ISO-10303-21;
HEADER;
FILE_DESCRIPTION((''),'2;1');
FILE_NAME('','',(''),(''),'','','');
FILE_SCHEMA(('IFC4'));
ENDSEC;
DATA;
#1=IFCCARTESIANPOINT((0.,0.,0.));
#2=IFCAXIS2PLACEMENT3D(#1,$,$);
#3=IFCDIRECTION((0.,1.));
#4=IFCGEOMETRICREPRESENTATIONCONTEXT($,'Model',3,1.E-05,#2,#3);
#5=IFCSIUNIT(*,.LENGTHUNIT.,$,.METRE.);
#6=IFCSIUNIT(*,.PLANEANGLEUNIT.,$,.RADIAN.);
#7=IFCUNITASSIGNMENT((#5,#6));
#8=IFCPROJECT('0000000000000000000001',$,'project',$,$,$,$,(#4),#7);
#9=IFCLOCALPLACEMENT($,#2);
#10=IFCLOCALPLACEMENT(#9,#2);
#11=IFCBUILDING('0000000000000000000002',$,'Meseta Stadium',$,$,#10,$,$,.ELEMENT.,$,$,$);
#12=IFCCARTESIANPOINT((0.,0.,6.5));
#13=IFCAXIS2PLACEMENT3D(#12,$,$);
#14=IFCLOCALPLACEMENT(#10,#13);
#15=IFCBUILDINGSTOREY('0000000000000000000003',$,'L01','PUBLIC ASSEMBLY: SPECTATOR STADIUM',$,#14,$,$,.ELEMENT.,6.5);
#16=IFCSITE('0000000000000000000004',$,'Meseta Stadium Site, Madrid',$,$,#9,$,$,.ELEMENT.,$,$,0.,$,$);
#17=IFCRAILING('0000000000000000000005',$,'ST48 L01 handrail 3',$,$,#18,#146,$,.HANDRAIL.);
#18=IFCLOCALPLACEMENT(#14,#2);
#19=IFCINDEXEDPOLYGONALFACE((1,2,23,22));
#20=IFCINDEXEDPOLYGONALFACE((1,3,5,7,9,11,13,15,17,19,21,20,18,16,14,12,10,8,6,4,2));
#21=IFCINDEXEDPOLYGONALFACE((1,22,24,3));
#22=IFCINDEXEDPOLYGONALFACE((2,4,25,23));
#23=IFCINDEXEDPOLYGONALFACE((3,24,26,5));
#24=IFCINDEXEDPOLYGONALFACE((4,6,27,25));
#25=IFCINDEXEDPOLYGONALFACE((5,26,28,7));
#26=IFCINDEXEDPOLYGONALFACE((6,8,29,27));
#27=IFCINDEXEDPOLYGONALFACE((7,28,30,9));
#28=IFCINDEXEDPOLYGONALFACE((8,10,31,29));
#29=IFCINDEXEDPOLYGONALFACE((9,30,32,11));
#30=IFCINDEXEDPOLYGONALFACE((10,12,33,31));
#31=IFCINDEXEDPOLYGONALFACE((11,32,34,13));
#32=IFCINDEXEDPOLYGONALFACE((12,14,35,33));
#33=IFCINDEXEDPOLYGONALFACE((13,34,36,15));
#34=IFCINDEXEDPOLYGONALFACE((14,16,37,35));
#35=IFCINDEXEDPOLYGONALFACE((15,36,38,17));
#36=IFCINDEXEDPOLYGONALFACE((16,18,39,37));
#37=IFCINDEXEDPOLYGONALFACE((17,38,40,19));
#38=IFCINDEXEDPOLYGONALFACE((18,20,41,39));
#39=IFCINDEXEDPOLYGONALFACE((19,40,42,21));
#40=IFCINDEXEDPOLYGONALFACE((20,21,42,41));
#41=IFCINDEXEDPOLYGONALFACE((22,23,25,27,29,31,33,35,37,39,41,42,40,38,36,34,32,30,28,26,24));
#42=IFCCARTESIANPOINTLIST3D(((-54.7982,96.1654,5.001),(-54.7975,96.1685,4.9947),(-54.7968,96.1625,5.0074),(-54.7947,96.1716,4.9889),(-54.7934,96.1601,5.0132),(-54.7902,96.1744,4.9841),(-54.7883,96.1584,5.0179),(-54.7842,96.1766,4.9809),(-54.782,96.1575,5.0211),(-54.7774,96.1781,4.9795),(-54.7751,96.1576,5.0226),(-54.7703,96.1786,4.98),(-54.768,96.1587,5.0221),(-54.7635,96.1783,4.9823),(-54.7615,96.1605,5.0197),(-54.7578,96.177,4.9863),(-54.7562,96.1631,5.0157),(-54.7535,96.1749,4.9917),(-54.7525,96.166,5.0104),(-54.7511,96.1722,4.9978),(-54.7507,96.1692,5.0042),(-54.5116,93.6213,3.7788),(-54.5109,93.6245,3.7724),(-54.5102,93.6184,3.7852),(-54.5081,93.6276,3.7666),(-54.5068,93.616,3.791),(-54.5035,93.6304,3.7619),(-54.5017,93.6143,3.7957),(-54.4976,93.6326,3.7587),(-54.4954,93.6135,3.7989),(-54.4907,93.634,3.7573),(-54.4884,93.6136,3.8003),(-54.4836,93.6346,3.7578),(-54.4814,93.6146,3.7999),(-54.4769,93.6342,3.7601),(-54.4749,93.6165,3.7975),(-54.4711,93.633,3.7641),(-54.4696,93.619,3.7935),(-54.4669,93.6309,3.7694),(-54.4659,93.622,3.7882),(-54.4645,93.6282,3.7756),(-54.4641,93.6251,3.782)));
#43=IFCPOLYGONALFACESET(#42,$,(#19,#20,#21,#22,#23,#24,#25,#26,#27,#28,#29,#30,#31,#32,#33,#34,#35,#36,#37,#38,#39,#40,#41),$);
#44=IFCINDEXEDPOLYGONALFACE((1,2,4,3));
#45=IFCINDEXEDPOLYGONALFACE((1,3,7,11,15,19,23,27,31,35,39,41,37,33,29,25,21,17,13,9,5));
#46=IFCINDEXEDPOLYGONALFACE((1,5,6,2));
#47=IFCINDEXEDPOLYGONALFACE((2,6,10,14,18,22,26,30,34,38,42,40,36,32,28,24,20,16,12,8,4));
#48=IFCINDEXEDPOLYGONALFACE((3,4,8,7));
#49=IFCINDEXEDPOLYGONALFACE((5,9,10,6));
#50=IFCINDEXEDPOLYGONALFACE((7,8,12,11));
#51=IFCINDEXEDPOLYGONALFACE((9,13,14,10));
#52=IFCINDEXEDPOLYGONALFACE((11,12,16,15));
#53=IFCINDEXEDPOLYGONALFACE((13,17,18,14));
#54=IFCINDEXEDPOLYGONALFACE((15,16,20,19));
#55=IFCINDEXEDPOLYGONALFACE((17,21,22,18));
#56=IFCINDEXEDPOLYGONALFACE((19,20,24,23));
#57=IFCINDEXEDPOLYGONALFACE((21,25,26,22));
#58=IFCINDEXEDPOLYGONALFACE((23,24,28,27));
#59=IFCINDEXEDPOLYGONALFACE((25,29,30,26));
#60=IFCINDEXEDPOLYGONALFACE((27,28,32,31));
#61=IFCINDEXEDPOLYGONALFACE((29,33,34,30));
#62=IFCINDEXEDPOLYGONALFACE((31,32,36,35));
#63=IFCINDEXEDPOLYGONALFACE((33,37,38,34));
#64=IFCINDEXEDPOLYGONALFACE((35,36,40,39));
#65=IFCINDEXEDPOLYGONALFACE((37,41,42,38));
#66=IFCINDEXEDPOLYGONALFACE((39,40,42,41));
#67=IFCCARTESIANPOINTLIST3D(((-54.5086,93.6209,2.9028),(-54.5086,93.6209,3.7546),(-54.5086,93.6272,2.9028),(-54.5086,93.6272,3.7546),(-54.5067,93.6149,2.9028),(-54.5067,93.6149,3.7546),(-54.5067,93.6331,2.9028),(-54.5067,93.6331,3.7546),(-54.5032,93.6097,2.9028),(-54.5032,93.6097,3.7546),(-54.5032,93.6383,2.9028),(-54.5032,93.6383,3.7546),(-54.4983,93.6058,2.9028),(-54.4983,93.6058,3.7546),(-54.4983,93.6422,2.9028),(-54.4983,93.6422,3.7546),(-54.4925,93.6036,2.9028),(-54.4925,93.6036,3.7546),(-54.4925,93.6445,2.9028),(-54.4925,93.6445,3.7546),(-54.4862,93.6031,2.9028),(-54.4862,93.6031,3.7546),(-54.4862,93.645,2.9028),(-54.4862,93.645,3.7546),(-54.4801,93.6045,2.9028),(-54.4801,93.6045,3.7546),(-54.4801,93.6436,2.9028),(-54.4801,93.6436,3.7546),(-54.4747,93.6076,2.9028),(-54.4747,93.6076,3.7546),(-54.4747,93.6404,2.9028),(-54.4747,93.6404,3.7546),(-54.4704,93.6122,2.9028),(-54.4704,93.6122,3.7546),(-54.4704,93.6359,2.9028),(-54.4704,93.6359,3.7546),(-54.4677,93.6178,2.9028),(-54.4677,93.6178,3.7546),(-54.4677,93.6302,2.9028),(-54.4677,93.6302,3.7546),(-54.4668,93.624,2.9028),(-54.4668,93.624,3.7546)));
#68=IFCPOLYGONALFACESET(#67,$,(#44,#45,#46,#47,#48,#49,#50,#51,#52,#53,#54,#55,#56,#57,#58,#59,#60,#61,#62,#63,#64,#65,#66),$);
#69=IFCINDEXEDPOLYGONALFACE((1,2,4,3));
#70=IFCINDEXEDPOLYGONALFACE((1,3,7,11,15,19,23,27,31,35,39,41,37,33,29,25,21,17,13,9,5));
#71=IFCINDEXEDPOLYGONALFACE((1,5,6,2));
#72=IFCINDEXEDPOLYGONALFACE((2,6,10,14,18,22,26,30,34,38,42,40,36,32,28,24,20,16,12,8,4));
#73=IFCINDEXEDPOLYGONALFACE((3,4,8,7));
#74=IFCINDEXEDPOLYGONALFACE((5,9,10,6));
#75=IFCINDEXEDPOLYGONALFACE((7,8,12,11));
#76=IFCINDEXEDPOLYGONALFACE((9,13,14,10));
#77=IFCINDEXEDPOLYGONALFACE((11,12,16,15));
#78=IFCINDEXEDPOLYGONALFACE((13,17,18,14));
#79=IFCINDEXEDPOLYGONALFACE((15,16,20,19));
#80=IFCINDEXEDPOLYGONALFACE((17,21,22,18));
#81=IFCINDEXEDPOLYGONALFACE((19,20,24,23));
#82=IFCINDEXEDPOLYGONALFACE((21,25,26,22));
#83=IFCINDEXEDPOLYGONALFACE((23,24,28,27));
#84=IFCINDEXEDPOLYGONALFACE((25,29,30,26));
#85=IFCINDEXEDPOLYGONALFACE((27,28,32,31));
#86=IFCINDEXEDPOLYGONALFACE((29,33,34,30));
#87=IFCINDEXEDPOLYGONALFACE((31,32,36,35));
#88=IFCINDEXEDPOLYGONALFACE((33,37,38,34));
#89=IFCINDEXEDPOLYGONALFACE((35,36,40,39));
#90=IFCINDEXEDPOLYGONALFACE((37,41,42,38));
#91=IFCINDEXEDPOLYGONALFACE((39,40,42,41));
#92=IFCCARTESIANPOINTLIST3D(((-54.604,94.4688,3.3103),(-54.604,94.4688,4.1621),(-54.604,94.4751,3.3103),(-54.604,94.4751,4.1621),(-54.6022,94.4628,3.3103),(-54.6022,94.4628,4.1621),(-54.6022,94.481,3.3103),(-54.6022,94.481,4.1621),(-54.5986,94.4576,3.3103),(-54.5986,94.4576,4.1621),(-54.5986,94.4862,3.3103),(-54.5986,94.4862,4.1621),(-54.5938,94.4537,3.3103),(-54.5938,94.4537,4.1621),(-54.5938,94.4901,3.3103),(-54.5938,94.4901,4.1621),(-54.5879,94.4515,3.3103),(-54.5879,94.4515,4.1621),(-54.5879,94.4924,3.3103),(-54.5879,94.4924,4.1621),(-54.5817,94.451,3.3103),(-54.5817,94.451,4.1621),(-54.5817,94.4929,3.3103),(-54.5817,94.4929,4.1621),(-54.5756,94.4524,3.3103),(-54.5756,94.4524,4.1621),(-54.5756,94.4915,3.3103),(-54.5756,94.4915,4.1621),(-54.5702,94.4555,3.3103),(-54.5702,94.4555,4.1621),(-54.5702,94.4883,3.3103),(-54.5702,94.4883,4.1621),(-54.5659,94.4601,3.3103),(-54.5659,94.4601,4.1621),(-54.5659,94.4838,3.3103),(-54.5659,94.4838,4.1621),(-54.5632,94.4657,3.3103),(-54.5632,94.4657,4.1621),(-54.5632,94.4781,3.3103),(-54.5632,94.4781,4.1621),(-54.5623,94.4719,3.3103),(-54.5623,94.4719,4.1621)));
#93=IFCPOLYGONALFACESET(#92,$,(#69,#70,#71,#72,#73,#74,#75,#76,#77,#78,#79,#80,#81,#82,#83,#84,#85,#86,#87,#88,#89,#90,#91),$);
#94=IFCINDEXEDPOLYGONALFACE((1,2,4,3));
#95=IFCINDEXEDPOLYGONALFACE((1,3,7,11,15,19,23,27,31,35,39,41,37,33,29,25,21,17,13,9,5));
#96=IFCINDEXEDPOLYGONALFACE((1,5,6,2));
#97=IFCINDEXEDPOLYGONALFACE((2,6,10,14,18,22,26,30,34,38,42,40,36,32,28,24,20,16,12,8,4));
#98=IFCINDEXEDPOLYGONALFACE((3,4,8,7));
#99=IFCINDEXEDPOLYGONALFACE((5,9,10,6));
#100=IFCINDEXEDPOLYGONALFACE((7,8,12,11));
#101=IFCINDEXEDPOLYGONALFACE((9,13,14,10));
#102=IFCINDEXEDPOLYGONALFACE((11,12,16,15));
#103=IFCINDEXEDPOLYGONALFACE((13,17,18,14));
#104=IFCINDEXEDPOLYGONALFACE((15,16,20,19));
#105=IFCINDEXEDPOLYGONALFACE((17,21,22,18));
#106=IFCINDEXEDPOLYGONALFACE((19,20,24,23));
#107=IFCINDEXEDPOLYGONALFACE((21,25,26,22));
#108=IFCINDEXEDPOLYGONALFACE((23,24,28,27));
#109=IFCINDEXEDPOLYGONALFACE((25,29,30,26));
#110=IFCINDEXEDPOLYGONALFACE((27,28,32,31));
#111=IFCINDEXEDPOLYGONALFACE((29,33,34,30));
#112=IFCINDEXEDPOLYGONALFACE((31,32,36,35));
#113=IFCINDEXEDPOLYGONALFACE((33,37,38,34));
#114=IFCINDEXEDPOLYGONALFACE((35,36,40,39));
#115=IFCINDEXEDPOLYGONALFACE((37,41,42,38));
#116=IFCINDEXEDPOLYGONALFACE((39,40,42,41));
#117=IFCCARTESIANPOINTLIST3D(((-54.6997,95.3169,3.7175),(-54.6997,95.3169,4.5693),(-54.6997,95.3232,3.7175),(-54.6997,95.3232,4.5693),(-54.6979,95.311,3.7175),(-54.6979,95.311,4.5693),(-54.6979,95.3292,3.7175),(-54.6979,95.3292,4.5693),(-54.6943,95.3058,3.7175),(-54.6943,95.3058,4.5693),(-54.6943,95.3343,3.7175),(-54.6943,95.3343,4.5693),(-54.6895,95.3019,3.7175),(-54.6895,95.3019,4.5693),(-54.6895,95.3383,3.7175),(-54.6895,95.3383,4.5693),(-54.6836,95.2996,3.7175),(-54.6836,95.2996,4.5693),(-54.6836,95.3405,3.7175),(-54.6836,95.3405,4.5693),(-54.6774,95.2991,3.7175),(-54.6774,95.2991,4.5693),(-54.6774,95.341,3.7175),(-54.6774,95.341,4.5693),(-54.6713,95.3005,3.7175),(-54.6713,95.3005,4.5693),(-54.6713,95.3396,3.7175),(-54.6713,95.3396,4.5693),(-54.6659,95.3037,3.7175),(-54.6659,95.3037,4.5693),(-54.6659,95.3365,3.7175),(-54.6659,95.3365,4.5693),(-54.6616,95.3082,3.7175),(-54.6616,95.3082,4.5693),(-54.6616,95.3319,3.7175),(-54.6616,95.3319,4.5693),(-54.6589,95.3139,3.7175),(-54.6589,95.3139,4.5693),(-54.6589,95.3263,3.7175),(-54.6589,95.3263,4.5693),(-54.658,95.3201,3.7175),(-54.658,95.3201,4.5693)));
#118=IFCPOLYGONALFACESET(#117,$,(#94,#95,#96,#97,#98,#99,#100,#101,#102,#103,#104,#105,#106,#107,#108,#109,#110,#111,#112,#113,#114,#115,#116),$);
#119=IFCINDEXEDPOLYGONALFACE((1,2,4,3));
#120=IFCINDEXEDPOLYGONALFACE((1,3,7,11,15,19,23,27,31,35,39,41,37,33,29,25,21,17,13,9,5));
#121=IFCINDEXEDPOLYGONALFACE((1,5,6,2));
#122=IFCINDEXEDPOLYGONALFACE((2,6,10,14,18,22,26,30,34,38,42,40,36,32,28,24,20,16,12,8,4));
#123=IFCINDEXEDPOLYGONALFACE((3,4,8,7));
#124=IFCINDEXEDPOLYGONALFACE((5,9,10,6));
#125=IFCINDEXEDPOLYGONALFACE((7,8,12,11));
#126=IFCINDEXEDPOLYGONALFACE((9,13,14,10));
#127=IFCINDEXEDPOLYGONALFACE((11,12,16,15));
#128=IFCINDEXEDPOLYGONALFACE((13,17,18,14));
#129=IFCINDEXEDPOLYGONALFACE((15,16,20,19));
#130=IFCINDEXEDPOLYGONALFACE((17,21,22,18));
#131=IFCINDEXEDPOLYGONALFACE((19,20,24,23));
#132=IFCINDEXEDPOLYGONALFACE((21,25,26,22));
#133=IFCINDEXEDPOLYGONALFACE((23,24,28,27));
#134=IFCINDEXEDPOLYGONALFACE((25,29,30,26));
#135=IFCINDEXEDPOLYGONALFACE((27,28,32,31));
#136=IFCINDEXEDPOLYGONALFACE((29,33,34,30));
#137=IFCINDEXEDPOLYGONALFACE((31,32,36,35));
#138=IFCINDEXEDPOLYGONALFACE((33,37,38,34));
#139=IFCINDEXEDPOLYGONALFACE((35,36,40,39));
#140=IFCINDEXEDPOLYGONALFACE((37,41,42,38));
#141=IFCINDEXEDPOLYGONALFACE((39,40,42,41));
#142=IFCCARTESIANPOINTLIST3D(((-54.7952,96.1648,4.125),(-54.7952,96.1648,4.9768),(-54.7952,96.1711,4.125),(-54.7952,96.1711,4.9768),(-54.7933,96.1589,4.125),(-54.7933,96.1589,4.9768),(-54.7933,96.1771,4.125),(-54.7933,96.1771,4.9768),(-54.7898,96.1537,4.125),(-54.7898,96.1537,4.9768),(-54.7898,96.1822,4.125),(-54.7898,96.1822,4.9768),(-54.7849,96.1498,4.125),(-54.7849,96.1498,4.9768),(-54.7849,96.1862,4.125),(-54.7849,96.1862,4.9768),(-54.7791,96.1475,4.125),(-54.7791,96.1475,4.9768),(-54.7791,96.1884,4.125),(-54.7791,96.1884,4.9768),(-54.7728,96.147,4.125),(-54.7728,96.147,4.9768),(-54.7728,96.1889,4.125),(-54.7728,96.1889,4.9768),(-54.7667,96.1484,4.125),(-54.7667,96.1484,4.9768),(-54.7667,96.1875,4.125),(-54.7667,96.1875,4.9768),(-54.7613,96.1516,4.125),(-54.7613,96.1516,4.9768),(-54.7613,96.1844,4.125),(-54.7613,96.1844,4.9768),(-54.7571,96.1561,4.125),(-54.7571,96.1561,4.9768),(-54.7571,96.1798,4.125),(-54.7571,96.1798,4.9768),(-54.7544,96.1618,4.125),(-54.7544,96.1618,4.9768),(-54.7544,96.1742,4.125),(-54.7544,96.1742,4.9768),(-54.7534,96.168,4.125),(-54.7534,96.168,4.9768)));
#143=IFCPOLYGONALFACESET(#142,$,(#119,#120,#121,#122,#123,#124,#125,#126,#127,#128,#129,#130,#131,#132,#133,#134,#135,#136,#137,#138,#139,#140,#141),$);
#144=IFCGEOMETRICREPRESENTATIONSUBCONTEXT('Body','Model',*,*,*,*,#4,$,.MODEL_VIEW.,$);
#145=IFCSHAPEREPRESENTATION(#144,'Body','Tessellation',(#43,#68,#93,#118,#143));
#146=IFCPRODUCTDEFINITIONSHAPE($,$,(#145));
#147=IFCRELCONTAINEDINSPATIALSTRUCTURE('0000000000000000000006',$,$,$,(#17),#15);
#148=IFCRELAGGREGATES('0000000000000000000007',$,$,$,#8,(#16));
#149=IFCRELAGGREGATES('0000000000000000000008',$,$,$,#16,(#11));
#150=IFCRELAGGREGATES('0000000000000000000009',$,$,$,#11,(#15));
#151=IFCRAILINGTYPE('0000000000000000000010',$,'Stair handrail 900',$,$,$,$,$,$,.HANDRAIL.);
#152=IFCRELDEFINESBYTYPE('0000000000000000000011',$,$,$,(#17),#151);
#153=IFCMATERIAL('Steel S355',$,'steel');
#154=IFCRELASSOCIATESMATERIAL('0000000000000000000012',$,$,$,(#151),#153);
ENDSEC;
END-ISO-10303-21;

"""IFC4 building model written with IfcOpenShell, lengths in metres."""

from ifc_helpers import new_model, si_unit, direction, frame, origin, origin_2d, place, context, subcontext, project, spatial, circle, extrude, material, type_object, element, save


model = new_model("IFC4")

# Units and contexts
model_context = context("Model", 3, precision=1e-05, world=origin(), true_north=direction((0.0, 1.0)))
body_context = subcontext(model_context, "Body", "Model", "MODEL_VIEW")
ifc_project = project(units=[si_unit("LENGTHUNIT", "METRE"), si_unit("PLANEANGLEUNIT", "RADIAN")], contexts=[model_context])

# Site, building, storey
site_placement = place(None, origin())
site = spatial("IfcSite", under=ifc_project, at=site_placement, Name="Meseta Stadium Site, Madrid", CompositionType="ELEMENT", RefElevation=0.0)
building_placement = place(site_placement, origin())
building = spatial("IfcBuilding", under=site, at=building_placement, Name="Meseta Stadium", CompositionType="ELEMENT")
storey_placement = place(building_placement, frame((0.0, 0.0, 6.5)))
storey = spatial("IfcBuildingStorey", under=building, at=storey_placement, Name="L01", Description="PUBLIC ASSEMBLY: SPECTATOR STADIUM", CompositionType="ELEMENT", Elevation=6.5)

# Railing
ifc_material_1 = material(Name="Steel S355", Category="steel")
railing_type_1 = type_object("IfcRailingType", Name="Stair handrail 900", PredefinedType="HANDRAIL", material=ifc_material_1)
for number, where, name in (
    (1, (-54.4878, 93.624, 2.9028), "ST48 L01 handrail 3"),
):
    element("IfcRailing", number, at=place(storey_placement, frame(where)), inside=storey, type_object=railing_type_1, Name=name, PredefinedType="HANDRAIL", context=body_context, shape_type="SweptSolid", body=[
        extrude(circle(Radius=0.0239, at=origin_2d()), frame((0.0, 0.0, 0.876), z_axis=(-0.101036, 0.896762, 0.430824), x_axis=(-0.993713, -0.11196, 0.0)), (0.0, 0.0, 1.0), 2.8369),
        extrude(circle(Radius=0.021, at=origin_2d()), origin(), (0.0, 0.0, 1.0), 0.8518),
        extrude(circle(Radius=0.021, at=origin_2d()), frame((-0.0955, 0.8479, 0.4075)), (0.0, 0.0, 1.0), 0.8518),
        extrude(circle(Radius=0.021, at=origin_2d()), frame((-0.1912, 1.696, 0.8147)), (0.0, 0.0, 1.0), 0.8518),
        extrude(circle(Radius=0.021, at=origin_2d()), frame((-0.2866, 2.5439, 1.2222)), (0.0, 0.0, 1.0), 0.8518),
    ])

save(model, "model.ifc")
